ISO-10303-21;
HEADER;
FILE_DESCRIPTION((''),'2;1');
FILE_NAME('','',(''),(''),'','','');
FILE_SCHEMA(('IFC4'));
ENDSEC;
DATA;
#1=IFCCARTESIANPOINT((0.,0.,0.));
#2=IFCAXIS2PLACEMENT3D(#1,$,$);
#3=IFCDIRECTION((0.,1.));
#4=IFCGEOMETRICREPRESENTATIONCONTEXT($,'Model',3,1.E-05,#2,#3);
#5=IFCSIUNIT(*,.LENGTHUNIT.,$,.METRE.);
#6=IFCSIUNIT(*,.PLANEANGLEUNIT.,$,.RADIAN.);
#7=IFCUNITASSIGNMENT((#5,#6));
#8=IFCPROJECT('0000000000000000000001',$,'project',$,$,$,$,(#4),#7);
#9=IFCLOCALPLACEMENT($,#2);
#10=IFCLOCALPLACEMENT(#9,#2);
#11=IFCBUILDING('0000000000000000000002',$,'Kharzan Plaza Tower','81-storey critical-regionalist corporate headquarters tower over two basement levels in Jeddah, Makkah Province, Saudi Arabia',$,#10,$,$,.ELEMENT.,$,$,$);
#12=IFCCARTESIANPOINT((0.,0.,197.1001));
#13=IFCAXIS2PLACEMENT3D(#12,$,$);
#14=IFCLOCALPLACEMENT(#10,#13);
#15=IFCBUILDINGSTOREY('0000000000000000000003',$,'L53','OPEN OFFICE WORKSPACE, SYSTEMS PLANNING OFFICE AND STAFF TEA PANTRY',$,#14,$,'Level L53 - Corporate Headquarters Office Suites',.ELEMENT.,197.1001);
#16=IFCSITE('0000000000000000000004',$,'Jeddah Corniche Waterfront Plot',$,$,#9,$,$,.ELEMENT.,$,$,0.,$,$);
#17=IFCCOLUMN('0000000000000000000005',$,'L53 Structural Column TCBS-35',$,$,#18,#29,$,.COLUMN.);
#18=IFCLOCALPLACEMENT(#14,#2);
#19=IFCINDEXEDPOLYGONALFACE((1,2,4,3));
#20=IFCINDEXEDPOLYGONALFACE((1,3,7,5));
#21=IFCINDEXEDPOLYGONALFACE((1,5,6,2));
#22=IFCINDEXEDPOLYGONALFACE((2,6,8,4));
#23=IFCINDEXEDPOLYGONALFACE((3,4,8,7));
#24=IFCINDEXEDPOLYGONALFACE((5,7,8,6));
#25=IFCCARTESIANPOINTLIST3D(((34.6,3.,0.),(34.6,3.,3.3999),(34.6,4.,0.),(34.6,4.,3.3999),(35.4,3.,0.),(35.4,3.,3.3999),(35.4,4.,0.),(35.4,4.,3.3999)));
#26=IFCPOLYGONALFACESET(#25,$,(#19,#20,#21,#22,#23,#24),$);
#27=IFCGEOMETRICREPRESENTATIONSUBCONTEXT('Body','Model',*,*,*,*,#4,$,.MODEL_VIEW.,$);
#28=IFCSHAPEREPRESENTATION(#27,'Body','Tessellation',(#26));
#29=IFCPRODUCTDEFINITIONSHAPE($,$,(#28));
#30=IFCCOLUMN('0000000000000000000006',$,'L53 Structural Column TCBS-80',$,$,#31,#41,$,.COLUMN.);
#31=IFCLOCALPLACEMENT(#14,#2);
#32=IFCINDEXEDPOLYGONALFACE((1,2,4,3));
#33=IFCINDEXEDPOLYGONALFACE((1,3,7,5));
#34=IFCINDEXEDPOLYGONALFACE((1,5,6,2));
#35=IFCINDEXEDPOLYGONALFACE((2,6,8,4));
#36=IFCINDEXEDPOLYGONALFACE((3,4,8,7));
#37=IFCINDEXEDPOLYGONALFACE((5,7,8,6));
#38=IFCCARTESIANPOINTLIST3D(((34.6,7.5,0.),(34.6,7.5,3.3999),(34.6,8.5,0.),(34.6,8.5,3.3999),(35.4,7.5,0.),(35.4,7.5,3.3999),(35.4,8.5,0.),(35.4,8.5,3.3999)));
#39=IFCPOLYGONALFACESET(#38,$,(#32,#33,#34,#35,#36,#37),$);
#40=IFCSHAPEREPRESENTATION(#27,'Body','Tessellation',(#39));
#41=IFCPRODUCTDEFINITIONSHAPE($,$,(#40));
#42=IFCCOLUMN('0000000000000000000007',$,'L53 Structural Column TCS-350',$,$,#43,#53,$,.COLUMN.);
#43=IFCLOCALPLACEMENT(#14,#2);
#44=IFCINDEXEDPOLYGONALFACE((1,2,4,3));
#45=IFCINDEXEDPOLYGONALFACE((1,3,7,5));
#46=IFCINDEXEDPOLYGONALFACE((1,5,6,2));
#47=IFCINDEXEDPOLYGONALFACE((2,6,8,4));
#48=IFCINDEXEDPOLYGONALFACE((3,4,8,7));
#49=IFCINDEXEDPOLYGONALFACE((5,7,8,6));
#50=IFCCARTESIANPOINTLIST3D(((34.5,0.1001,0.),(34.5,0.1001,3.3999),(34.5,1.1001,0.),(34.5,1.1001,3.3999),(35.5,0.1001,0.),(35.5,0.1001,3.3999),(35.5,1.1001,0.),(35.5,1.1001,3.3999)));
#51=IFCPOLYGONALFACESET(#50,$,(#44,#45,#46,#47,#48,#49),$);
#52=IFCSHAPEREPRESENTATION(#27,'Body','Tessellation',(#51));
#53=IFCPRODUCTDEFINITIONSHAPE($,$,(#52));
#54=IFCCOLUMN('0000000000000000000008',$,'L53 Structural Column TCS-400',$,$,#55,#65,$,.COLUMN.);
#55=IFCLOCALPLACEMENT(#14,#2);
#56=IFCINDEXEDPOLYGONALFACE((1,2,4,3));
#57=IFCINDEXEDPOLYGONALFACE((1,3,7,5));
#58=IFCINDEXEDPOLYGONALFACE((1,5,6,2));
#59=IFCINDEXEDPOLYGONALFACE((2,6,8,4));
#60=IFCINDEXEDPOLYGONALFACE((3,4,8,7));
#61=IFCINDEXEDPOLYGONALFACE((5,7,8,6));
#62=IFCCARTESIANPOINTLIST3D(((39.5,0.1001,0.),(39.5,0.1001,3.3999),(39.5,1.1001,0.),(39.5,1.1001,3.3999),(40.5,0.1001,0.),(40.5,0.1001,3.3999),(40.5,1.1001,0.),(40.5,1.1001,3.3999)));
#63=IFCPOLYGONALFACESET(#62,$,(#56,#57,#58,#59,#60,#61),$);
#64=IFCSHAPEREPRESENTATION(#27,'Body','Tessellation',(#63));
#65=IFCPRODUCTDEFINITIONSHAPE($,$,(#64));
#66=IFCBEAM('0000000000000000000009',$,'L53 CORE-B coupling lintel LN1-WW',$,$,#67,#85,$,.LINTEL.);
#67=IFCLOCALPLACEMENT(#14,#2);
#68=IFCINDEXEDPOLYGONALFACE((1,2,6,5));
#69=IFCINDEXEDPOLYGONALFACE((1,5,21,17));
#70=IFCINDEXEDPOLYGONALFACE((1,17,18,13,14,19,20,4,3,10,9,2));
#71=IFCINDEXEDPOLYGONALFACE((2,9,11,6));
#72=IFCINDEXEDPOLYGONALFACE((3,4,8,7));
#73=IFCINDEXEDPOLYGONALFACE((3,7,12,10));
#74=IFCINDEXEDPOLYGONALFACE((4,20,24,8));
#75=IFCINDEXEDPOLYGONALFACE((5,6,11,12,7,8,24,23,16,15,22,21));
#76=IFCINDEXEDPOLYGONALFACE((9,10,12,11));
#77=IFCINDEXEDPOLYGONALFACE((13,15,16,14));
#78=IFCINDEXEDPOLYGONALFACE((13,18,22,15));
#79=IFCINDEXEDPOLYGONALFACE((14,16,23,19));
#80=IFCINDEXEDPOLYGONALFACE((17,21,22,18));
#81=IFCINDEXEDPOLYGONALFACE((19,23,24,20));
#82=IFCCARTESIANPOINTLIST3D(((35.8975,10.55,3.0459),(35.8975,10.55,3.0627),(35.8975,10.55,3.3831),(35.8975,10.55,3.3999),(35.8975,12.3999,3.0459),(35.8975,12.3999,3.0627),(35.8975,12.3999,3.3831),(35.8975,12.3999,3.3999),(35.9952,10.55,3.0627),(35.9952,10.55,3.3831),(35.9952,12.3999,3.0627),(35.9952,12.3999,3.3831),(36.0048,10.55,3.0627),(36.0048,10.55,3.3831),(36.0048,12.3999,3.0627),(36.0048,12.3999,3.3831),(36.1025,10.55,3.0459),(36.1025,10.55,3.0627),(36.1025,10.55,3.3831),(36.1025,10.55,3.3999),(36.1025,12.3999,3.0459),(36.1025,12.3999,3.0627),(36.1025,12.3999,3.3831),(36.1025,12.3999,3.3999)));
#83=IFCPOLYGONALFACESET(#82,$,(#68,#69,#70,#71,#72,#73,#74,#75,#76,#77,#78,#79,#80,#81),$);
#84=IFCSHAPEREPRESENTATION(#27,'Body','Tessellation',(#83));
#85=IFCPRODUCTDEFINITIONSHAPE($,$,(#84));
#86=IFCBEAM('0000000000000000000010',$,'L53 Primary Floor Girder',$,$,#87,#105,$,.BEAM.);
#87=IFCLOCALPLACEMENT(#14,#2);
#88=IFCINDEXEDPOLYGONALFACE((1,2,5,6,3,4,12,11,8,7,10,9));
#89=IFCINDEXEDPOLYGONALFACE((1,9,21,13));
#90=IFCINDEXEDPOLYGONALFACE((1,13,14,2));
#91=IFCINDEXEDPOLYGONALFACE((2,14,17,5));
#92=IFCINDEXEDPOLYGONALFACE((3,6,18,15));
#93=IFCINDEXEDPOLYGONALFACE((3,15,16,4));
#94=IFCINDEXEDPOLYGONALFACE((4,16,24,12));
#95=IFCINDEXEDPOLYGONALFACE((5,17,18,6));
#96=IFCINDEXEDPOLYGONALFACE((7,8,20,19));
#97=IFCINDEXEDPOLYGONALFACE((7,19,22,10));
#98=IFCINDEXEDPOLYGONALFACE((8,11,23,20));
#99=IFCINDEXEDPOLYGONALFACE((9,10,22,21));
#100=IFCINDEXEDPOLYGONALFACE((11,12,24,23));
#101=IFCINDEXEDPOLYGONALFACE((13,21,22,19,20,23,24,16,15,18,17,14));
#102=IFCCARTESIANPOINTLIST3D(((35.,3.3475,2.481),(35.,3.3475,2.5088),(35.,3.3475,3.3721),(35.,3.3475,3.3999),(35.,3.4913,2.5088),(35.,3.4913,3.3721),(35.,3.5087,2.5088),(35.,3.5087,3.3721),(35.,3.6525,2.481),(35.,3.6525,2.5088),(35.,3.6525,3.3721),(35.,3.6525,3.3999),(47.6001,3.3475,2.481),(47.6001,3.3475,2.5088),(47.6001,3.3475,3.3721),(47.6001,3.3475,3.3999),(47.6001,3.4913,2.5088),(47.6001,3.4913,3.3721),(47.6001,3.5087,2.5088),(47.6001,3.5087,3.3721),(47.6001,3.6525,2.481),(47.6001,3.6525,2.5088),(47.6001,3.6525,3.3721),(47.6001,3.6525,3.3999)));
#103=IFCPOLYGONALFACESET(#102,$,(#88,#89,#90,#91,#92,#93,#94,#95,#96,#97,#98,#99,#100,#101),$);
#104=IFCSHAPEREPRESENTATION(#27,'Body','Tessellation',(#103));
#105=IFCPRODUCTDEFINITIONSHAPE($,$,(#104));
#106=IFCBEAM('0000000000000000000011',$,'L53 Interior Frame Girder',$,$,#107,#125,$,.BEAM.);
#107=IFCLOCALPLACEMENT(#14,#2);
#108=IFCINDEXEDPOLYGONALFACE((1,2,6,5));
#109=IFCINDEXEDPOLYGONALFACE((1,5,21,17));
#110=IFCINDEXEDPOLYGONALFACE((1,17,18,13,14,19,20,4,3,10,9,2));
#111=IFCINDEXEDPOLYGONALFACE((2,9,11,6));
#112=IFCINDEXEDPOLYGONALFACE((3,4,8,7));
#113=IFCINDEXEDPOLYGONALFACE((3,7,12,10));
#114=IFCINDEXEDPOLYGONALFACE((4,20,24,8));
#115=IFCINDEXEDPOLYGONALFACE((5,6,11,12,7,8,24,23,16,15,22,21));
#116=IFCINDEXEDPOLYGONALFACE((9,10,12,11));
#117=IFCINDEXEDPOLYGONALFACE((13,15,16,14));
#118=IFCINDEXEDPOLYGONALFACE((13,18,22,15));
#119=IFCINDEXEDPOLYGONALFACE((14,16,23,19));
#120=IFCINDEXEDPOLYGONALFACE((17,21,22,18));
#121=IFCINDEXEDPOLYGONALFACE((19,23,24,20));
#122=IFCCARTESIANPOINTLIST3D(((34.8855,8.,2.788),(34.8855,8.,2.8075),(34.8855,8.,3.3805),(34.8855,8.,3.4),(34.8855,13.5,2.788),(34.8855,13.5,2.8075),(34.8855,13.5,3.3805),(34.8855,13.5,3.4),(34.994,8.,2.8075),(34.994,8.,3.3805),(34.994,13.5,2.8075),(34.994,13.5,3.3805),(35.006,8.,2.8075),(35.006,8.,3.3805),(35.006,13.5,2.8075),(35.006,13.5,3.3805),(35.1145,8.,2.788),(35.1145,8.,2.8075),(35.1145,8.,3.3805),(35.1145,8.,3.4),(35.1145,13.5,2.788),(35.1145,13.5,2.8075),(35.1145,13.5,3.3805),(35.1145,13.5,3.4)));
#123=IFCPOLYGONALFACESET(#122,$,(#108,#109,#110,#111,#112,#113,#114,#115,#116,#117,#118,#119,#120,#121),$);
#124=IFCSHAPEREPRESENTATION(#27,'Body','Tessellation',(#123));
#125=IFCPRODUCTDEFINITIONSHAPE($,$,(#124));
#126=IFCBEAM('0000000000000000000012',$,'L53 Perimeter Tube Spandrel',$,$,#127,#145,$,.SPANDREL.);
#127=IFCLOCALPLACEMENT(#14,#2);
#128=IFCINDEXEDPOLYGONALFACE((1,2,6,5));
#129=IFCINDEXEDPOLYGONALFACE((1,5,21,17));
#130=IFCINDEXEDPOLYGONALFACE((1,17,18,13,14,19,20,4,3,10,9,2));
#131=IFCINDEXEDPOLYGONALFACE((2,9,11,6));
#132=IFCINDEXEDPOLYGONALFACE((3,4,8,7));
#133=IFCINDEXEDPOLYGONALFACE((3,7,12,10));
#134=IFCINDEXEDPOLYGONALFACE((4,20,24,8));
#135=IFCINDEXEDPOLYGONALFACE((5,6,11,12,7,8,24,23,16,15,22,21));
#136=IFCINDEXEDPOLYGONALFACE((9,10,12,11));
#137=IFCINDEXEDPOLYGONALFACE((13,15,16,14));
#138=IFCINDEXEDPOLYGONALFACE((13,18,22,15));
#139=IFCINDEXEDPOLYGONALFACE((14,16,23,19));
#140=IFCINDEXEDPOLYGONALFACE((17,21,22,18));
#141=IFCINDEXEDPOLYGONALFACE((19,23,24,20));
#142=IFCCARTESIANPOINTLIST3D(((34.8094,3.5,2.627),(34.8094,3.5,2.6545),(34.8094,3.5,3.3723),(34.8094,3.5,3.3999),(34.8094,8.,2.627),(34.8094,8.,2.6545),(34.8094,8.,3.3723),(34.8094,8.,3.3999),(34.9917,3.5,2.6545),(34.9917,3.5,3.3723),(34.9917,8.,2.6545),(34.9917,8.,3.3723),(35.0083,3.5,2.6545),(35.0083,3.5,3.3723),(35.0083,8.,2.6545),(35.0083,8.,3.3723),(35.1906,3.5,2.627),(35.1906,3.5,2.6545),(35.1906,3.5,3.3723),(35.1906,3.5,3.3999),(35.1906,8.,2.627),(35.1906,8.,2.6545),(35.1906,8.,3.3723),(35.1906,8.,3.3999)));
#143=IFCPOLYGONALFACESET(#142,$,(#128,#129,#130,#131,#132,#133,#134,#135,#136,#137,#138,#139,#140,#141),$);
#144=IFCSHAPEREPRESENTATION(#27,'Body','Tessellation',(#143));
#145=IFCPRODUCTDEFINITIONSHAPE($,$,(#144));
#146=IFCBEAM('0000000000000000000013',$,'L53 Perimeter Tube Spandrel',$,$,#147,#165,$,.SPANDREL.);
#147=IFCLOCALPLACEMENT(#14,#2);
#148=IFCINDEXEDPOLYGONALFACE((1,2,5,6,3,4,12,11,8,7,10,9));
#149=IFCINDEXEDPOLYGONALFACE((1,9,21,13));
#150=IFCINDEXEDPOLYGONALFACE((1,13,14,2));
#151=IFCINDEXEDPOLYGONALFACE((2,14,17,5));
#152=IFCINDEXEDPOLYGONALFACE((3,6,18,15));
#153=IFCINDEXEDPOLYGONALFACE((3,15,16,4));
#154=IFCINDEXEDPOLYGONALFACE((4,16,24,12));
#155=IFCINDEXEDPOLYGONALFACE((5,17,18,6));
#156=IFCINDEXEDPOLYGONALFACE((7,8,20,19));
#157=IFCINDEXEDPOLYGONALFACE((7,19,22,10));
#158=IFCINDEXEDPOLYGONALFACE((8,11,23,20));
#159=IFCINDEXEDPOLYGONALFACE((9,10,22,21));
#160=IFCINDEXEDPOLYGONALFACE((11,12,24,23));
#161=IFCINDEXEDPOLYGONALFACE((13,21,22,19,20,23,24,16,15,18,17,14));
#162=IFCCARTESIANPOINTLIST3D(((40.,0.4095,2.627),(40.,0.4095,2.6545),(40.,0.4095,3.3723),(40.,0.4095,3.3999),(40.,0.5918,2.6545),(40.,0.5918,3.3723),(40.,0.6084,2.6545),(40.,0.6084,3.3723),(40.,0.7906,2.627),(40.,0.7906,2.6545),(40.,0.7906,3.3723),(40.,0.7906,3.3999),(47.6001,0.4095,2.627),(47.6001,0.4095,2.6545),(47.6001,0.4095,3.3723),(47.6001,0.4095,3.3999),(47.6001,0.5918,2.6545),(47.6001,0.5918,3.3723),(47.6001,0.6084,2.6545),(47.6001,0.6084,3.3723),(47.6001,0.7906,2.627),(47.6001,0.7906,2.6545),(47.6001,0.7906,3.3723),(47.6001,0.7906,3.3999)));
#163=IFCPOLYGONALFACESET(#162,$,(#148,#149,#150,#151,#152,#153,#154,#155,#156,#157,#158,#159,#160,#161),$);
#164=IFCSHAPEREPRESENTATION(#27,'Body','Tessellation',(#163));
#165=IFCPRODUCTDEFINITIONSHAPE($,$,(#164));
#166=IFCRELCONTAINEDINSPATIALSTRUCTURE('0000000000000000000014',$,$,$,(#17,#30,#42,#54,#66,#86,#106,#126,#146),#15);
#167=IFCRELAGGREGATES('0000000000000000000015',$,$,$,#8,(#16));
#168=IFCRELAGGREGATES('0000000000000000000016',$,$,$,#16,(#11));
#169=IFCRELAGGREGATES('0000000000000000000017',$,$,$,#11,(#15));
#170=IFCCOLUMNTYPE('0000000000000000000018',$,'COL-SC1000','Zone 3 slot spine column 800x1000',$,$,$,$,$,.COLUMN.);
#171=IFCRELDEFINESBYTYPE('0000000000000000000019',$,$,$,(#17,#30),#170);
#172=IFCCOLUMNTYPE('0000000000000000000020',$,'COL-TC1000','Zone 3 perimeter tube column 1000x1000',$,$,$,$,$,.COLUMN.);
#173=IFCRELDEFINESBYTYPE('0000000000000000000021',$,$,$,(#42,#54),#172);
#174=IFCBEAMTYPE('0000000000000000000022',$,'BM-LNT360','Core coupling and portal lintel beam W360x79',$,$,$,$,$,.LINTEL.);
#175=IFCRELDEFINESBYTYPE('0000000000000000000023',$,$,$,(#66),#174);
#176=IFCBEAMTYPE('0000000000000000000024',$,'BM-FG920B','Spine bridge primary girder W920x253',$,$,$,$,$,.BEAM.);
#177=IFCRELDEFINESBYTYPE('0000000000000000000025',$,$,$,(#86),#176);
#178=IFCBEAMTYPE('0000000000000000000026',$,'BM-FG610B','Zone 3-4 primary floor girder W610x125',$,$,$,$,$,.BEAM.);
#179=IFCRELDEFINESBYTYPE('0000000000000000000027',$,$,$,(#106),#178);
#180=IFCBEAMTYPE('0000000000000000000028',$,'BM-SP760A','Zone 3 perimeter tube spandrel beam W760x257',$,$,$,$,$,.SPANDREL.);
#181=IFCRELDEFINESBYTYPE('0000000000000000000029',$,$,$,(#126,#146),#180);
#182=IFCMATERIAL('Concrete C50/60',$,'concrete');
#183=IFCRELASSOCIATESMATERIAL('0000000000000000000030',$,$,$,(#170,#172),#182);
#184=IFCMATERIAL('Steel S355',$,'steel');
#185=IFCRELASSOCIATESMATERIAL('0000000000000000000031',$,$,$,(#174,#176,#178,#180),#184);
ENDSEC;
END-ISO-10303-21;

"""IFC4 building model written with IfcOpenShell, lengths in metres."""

from ifc_helpers import new_model, si_unit, direction, frame, origin, origin_2d, place, context, subcontext, project, spatial, rectangle, i_section, extrude, source, transform, mapped, material, material_profile, profile_set, type_object, element, save


model = new_model("IFC4")

# Units and contexts
model_context = context("Model", 3, precision=1e-05, world=origin(), true_north=direction((0.0, 1.0)))
body_context = subcontext(model_context, "Body", "Model", "MODEL_VIEW")
ifc_project = project(units=[si_unit("LENGTHUNIT", "METRE"), si_unit("PLANEANGLEUNIT", "RADIAN")], contexts=[model_context])

# Site, building, storey
site_placement = place(None, origin())
site = spatial("IfcSite", under=ifc_project, at=site_placement, Name="Jeddah Corniche Waterfront Plot", CompositionType="ELEMENT", RefElevation=0.0)
building_placement = place(site_placement, origin())
building = spatial("IfcBuilding", under=site, at=building_placement, Name="Kharzan Plaza Tower", Description="81-storey critical-regionalist corporate headquarters tower over two basement levels in Jeddah, Makkah Province, Saudi Arabia", CompositionType="ELEMENT")
storey_placement = place(building_placement, frame((0.0, 0.0, 197.1001)))
storey = spatial("IfcBuildingStorey", under=building, at=storey_placement, Name="L53", Description="OPEN OFFICE WORKSPACE, SYSTEMS PLANNING OFFICE AND STAFF TEA PANTRY", LongName="Level L53 - Corporate Headquarters Office Suites", CompositionType="ELEMENT", Elevation=197.1001)

# Columns
ifc_material_1 = material(Name="Concrete C50/60", Category="concrete")
ifc_material_profile_1 = material_profile(ifc_material_1, rectangle(XDim=0.8, YDim=1.0, at=origin_2d()), Name="RC-SC1000x800")
ifc_profile_set_1 = profile_set([ifc_material_profile_1], Name="Concrete C50/60")
column_type_1 = type_object("IfcColumnType", Name="COL-SC1000", Description="Zone 3 slot spine column 800x1000", PredefinedType="COLUMN", material=ifc_profile_set_1)
shared_shape_1 = source(origin(), body_context, "Body", "SweptSolid", [
    extrude(rectangle(XDim=0.8, YDim=1.0, at=origin_2d()), origin(), (0.0, 0.0, 1.0), 3.3999),
])
for number, where, z_axis, x_axis, name in (
    (1, (35.0, 3.5, 0.0), (0.0, 0.0, 1.0), (1.0, 0.0, 0.0), "L53 Structural Column TCBS-35"),
    (2, (35.0, 8.0, 0.0), (0.0, 0.0, 1.0), (1.0, 0.0, 0.0), "L53 Structural Column TCBS-80"),
):
    element("IfcColumn", number, at=place(storey_placement, frame(where, z_axis=z_axis, x_axis=x_axis)), inside=storey, type_object=column_type_1, Name=name, PredefinedType="COLUMN", context=body_context, shape_type="MappedRepresentation", body=[
        mapped(shared_shape_1, transform((0.0, 0.0, 0.0), x_axis=(1.0, 0.0, 0.0), y_axis=(0.0, 1.0, 0.0), z_axis=(0.0, 0.0, 1.0))),
    ])
ifc_material_profile_2 = material_profile(ifc_material_1, rectangle(XDim=1.0, YDim=1.0, at=origin_2d()), Name="RC-TC1000x1000")
ifc_profile_set_2 = profile_set([ifc_material_profile_2], Name="Concrete C50/60")
column_type_2 = type_object("IfcColumnType", Name="COL-TC1000", Description="Zone 3 perimeter tube column 1000x1000", PredefinedType="COLUMN", material=ifc_profile_set_2)
shared_shape_2 = source(origin(), body_context, "Body", "SweptSolid", [
    extrude(rectangle(XDim=1.0, YDim=1.0, at=origin_2d()), origin(), (0.0, 0.0, 1.0), 3.3999),
])
for number, where, z_axis, x_axis, name in (
    (3, (35.0, 0.6001, 0.0), (0.0, 0.0, 1.0), (1.0, 0.0, 0.0), "L53 Structural Column TCS-350"),
    (4, (40.0, 0.6001, 0.0), (0.0, 0.0, 1.0), (1.0, 0.0, 0.0), "L53 Structural Column TCS-400"),
):
    element("IfcColumn", number, at=place(storey_placement, frame(where, z_axis=z_axis, x_axis=x_axis)), inside=storey, type_object=column_type_2, Name=name, PredefinedType="COLUMN", context=body_context, shape_type="MappedRepresentation", body=[
        mapped(shared_shape_2, transform((0.0, 0.0, 0.0), x_axis=(1.0, 0.0, 0.0), y_axis=(0.0, 1.0, 0.0), z_axis=(0.0, 0.0, 1.0))),
    ])

# Beams
ifc_material_2 = material(Name="Steel S355", Category="steel")
ifc_material_profile_3 = material_profile(ifc_material_2, i_section(OverallWidth=0.2051, OverallDepth=0.354, WebThickness=0.0095, FlangeThickness=0.0168, at=origin_2d()), Name="W360x79")
ifc_profile_set_3 = profile_set([ifc_material_profile_3], Name="Steel S355")
beam_type_1 = type_object("IfcBeamType", Name="BM-LNT360", Description="Core coupling and portal lintel beam W360x79", PredefinedType="LINTEL", material=ifc_profile_set_3)
shared_shape_3 = source(origin(), body_context, "Body", "SweptSolid", [
    extrude(i_section(OverallWidth=0.2051, OverallDepth=0.354, WebThickness=0.0095, FlangeThickness=0.0168, at=origin_2d()), origin(), (0.0, 0.0, 1.0), 1.8499),
])
beam_1_placement = place(storey_placement, frame((36.0, 10.55, 3.2229), z_axis=(0.0, 1.0, 0.0), x_axis=(-1.0, 0.0, 0.0)))
element("IfcBeam", 5, at=beam_1_placement, inside=storey, type_object=beam_type_1, Name="L53 CORE-B coupling lintel LN1-WW", PredefinedType="LINTEL", context=body_context, shape_type="MappedRepresentation", body=[
    mapped(shared_shape_3, transform((0.0, 0.0, 0.0), x_axis=(1.0, 0.0, 0.0), y_axis=(0.0, 1.0, 0.0), z_axis=(0.0, 0.0, 1.0))),
])
ifc_material_profile_4 = material_profile(ifc_material_2, i_section(OverallWidth=0.3049, OverallDepth=0.9189, WebThickness=0.0173, FlangeThickness=0.0278, at=origin_2d()), Name="W920x253")
ifc_profile_set_4 = profile_set([ifc_material_profile_4], Name="Steel S355")
beam_type_2 = type_object("IfcBeamType", Name="BM-FG920B", Description="Spine bridge primary girder W920x253", PredefinedType="BEAM", material=ifc_profile_set_4)
shared_shape_4 = source(origin(), body_context, "Body", "SweptSolid", [
    extrude(i_section(OverallWidth=0.3049, OverallDepth=0.9189, WebThickness=0.0173, FlangeThickness=0.0278, at=origin_2d()), origin(), (0.0, 0.0, 1.0), 12.6001),
])
beam_2_placement = place(storey_placement, frame((35.0, 3.5, 2.9404), z_axis=(1.0, 0.0, 0.0), x_axis=(0.0, 1.0, 0.0)))
element("IfcBeam", 6, at=beam_2_placement, inside=storey, type_object=beam_type_2, Name="L53 Primary Floor Girder", PredefinedType="BEAM", context=body_context, shape_type="MappedRepresentation", body=[
    mapped(shared_shape_4, transform((0.0, 0.0, 0.0), x_axis=(1.0, 0.0, 0.0), y_axis=(0.0, 1.0, 0.0), z_axis=(0.0, 0.0, 1.0))),
])
ifc_material_profile_5 = material_profile(ifc_material_2, i_section(OverallWidth=0.229, OverallDepth=0.6121, WebThickness=0.012, FlangeThickness=0.0195, at=origin_2d()), Name="W610x125")
ifc_profile_set_5 = profile_set([ifc_material_profile_5], Name="Steel S355")
beam_type_3 = type_object("IfcBeamType", Name="BM-FG610B", Description="Zone 3-4 primary floor girder W610x125", PredefinedType="BEAM", material=ifc_profile_set_5)
shared_shape_5 = source(origin(), body_context, "Body", "SweptSolid", [
    extrude(i_section(OverallWidth=0.229, OverallDepth=0.6121, WebThickness=0.012, FlangeThickness=0.0195, at=origin_2d()), origin(), (0.0, 0.0, 1.0), 5.5),
])
beam_3_placement = place(storey_placement, frame((35.0, 8.0, 3.094), z_axis=(0.0, 1.0, 0.0), x_axis=(-1.0, 0.0, 0.0)))
element("IfcBeam", 7, at=beam_3_placement, inside=storey, type_object=beam_type_3, Name="L53 Interior Frame Girder", PredefinedType="BEAM", context=body_context, shape_type="MappedRepresentation", body=[
    mapped(shared_shape_5, transform((0.0, 0.0, 0.0), x_axis=(1.0, 0.0, 0.0), y_axis=(0.0, 1.0, 0.0), z_axis=(0.0, 0.0, 1.0))),
])
ifc_material_profile_6 = material_profile(ifc_material_2, i_section(OverallWidth=0.3811, OverallDepth=0.7729, WebThickness=0.0166, FlangeThickness=0.0276, at=origin_2d()), Name="W760x257")
ifc_profile_set_6 = profile_set([ifc_material_profile_6], Name="Steel S355")
beam_type_4 = type_object("IfcBeamType", Name="BM-SP760A", Description="Zone 3 perimeter tube spandrel beam W760x257", PredefinedType="SPANDREL", material=ifc_profile_set_6)
shared_shape_6 = source(origin(), body_context, "Body", "SweptSolid", [
    extrude(i_section(OverallWidth=0.3811, OverallDepth=0.7729, WebThickness=0.0166, FlangeThickness=0.0276, at=origin_2d()), origin(), (0.0, 0.0, 1.0), 4.5),
])
beam_4_placement = place(storey_placement, frame((35.0, 3.5, 3.0134), z_axis=(0.0, 1.0, 0.0), x_axis=(-1.0, 0.0, 0.0)))
element("IfcBeam", 8, at=beam_4_placement, inside=storey, type_object=beam_type_4, Name="L53 Perimeter Tube Spandrel", PredefinedType="SPANDREL", context=body_context, shape_type="MappedRepresentation", body=[
    mapped(shared_shape_6, transform((0.0, 0.0, 0.0), x_axis=(1.0, 0.0, 0.0), y_axis=(0.0, 1.0, 0.0), z_axis=(0.0, 0.0, 1.0))),
])
shared_shape_7 = source(origin(), body_context, "Body", "SweptSolid", [
    extrude(i_section(OverallWidth=0.3811, OverallDepth=0.7729, WebThickness=0.0166, FlangeThickness=0.0276, at=origin_2d()), origin(), (0.0, 0.0, 1.0), 7.6001),
])
beam_5_placement = place(storey_placement, frame((40.0, 0.6001, 3.0134), z_axis=(1.0, 0.0, 0.0), x_axis=(0.0, 1.0, 0.0)))
element("IfcBeam", 9, at=beam_5_placement, inside=storey, type_object=beam_type_4, Name="L53 Perimeter Tube Spandrel", PredefinedType="SPANDREL", context=body_context, shape_type="MappedRepresentation", body=[
    mapped(shared_shape_7, transform((0.0, 0.0, 0.0), x_axis=(1.0, 0.0, 0.0), y_axis=(0.0, 1.0, 0.0), z_axis=(0.0, 0.0, 1.0))),
])

save(model, "model.ifc")
